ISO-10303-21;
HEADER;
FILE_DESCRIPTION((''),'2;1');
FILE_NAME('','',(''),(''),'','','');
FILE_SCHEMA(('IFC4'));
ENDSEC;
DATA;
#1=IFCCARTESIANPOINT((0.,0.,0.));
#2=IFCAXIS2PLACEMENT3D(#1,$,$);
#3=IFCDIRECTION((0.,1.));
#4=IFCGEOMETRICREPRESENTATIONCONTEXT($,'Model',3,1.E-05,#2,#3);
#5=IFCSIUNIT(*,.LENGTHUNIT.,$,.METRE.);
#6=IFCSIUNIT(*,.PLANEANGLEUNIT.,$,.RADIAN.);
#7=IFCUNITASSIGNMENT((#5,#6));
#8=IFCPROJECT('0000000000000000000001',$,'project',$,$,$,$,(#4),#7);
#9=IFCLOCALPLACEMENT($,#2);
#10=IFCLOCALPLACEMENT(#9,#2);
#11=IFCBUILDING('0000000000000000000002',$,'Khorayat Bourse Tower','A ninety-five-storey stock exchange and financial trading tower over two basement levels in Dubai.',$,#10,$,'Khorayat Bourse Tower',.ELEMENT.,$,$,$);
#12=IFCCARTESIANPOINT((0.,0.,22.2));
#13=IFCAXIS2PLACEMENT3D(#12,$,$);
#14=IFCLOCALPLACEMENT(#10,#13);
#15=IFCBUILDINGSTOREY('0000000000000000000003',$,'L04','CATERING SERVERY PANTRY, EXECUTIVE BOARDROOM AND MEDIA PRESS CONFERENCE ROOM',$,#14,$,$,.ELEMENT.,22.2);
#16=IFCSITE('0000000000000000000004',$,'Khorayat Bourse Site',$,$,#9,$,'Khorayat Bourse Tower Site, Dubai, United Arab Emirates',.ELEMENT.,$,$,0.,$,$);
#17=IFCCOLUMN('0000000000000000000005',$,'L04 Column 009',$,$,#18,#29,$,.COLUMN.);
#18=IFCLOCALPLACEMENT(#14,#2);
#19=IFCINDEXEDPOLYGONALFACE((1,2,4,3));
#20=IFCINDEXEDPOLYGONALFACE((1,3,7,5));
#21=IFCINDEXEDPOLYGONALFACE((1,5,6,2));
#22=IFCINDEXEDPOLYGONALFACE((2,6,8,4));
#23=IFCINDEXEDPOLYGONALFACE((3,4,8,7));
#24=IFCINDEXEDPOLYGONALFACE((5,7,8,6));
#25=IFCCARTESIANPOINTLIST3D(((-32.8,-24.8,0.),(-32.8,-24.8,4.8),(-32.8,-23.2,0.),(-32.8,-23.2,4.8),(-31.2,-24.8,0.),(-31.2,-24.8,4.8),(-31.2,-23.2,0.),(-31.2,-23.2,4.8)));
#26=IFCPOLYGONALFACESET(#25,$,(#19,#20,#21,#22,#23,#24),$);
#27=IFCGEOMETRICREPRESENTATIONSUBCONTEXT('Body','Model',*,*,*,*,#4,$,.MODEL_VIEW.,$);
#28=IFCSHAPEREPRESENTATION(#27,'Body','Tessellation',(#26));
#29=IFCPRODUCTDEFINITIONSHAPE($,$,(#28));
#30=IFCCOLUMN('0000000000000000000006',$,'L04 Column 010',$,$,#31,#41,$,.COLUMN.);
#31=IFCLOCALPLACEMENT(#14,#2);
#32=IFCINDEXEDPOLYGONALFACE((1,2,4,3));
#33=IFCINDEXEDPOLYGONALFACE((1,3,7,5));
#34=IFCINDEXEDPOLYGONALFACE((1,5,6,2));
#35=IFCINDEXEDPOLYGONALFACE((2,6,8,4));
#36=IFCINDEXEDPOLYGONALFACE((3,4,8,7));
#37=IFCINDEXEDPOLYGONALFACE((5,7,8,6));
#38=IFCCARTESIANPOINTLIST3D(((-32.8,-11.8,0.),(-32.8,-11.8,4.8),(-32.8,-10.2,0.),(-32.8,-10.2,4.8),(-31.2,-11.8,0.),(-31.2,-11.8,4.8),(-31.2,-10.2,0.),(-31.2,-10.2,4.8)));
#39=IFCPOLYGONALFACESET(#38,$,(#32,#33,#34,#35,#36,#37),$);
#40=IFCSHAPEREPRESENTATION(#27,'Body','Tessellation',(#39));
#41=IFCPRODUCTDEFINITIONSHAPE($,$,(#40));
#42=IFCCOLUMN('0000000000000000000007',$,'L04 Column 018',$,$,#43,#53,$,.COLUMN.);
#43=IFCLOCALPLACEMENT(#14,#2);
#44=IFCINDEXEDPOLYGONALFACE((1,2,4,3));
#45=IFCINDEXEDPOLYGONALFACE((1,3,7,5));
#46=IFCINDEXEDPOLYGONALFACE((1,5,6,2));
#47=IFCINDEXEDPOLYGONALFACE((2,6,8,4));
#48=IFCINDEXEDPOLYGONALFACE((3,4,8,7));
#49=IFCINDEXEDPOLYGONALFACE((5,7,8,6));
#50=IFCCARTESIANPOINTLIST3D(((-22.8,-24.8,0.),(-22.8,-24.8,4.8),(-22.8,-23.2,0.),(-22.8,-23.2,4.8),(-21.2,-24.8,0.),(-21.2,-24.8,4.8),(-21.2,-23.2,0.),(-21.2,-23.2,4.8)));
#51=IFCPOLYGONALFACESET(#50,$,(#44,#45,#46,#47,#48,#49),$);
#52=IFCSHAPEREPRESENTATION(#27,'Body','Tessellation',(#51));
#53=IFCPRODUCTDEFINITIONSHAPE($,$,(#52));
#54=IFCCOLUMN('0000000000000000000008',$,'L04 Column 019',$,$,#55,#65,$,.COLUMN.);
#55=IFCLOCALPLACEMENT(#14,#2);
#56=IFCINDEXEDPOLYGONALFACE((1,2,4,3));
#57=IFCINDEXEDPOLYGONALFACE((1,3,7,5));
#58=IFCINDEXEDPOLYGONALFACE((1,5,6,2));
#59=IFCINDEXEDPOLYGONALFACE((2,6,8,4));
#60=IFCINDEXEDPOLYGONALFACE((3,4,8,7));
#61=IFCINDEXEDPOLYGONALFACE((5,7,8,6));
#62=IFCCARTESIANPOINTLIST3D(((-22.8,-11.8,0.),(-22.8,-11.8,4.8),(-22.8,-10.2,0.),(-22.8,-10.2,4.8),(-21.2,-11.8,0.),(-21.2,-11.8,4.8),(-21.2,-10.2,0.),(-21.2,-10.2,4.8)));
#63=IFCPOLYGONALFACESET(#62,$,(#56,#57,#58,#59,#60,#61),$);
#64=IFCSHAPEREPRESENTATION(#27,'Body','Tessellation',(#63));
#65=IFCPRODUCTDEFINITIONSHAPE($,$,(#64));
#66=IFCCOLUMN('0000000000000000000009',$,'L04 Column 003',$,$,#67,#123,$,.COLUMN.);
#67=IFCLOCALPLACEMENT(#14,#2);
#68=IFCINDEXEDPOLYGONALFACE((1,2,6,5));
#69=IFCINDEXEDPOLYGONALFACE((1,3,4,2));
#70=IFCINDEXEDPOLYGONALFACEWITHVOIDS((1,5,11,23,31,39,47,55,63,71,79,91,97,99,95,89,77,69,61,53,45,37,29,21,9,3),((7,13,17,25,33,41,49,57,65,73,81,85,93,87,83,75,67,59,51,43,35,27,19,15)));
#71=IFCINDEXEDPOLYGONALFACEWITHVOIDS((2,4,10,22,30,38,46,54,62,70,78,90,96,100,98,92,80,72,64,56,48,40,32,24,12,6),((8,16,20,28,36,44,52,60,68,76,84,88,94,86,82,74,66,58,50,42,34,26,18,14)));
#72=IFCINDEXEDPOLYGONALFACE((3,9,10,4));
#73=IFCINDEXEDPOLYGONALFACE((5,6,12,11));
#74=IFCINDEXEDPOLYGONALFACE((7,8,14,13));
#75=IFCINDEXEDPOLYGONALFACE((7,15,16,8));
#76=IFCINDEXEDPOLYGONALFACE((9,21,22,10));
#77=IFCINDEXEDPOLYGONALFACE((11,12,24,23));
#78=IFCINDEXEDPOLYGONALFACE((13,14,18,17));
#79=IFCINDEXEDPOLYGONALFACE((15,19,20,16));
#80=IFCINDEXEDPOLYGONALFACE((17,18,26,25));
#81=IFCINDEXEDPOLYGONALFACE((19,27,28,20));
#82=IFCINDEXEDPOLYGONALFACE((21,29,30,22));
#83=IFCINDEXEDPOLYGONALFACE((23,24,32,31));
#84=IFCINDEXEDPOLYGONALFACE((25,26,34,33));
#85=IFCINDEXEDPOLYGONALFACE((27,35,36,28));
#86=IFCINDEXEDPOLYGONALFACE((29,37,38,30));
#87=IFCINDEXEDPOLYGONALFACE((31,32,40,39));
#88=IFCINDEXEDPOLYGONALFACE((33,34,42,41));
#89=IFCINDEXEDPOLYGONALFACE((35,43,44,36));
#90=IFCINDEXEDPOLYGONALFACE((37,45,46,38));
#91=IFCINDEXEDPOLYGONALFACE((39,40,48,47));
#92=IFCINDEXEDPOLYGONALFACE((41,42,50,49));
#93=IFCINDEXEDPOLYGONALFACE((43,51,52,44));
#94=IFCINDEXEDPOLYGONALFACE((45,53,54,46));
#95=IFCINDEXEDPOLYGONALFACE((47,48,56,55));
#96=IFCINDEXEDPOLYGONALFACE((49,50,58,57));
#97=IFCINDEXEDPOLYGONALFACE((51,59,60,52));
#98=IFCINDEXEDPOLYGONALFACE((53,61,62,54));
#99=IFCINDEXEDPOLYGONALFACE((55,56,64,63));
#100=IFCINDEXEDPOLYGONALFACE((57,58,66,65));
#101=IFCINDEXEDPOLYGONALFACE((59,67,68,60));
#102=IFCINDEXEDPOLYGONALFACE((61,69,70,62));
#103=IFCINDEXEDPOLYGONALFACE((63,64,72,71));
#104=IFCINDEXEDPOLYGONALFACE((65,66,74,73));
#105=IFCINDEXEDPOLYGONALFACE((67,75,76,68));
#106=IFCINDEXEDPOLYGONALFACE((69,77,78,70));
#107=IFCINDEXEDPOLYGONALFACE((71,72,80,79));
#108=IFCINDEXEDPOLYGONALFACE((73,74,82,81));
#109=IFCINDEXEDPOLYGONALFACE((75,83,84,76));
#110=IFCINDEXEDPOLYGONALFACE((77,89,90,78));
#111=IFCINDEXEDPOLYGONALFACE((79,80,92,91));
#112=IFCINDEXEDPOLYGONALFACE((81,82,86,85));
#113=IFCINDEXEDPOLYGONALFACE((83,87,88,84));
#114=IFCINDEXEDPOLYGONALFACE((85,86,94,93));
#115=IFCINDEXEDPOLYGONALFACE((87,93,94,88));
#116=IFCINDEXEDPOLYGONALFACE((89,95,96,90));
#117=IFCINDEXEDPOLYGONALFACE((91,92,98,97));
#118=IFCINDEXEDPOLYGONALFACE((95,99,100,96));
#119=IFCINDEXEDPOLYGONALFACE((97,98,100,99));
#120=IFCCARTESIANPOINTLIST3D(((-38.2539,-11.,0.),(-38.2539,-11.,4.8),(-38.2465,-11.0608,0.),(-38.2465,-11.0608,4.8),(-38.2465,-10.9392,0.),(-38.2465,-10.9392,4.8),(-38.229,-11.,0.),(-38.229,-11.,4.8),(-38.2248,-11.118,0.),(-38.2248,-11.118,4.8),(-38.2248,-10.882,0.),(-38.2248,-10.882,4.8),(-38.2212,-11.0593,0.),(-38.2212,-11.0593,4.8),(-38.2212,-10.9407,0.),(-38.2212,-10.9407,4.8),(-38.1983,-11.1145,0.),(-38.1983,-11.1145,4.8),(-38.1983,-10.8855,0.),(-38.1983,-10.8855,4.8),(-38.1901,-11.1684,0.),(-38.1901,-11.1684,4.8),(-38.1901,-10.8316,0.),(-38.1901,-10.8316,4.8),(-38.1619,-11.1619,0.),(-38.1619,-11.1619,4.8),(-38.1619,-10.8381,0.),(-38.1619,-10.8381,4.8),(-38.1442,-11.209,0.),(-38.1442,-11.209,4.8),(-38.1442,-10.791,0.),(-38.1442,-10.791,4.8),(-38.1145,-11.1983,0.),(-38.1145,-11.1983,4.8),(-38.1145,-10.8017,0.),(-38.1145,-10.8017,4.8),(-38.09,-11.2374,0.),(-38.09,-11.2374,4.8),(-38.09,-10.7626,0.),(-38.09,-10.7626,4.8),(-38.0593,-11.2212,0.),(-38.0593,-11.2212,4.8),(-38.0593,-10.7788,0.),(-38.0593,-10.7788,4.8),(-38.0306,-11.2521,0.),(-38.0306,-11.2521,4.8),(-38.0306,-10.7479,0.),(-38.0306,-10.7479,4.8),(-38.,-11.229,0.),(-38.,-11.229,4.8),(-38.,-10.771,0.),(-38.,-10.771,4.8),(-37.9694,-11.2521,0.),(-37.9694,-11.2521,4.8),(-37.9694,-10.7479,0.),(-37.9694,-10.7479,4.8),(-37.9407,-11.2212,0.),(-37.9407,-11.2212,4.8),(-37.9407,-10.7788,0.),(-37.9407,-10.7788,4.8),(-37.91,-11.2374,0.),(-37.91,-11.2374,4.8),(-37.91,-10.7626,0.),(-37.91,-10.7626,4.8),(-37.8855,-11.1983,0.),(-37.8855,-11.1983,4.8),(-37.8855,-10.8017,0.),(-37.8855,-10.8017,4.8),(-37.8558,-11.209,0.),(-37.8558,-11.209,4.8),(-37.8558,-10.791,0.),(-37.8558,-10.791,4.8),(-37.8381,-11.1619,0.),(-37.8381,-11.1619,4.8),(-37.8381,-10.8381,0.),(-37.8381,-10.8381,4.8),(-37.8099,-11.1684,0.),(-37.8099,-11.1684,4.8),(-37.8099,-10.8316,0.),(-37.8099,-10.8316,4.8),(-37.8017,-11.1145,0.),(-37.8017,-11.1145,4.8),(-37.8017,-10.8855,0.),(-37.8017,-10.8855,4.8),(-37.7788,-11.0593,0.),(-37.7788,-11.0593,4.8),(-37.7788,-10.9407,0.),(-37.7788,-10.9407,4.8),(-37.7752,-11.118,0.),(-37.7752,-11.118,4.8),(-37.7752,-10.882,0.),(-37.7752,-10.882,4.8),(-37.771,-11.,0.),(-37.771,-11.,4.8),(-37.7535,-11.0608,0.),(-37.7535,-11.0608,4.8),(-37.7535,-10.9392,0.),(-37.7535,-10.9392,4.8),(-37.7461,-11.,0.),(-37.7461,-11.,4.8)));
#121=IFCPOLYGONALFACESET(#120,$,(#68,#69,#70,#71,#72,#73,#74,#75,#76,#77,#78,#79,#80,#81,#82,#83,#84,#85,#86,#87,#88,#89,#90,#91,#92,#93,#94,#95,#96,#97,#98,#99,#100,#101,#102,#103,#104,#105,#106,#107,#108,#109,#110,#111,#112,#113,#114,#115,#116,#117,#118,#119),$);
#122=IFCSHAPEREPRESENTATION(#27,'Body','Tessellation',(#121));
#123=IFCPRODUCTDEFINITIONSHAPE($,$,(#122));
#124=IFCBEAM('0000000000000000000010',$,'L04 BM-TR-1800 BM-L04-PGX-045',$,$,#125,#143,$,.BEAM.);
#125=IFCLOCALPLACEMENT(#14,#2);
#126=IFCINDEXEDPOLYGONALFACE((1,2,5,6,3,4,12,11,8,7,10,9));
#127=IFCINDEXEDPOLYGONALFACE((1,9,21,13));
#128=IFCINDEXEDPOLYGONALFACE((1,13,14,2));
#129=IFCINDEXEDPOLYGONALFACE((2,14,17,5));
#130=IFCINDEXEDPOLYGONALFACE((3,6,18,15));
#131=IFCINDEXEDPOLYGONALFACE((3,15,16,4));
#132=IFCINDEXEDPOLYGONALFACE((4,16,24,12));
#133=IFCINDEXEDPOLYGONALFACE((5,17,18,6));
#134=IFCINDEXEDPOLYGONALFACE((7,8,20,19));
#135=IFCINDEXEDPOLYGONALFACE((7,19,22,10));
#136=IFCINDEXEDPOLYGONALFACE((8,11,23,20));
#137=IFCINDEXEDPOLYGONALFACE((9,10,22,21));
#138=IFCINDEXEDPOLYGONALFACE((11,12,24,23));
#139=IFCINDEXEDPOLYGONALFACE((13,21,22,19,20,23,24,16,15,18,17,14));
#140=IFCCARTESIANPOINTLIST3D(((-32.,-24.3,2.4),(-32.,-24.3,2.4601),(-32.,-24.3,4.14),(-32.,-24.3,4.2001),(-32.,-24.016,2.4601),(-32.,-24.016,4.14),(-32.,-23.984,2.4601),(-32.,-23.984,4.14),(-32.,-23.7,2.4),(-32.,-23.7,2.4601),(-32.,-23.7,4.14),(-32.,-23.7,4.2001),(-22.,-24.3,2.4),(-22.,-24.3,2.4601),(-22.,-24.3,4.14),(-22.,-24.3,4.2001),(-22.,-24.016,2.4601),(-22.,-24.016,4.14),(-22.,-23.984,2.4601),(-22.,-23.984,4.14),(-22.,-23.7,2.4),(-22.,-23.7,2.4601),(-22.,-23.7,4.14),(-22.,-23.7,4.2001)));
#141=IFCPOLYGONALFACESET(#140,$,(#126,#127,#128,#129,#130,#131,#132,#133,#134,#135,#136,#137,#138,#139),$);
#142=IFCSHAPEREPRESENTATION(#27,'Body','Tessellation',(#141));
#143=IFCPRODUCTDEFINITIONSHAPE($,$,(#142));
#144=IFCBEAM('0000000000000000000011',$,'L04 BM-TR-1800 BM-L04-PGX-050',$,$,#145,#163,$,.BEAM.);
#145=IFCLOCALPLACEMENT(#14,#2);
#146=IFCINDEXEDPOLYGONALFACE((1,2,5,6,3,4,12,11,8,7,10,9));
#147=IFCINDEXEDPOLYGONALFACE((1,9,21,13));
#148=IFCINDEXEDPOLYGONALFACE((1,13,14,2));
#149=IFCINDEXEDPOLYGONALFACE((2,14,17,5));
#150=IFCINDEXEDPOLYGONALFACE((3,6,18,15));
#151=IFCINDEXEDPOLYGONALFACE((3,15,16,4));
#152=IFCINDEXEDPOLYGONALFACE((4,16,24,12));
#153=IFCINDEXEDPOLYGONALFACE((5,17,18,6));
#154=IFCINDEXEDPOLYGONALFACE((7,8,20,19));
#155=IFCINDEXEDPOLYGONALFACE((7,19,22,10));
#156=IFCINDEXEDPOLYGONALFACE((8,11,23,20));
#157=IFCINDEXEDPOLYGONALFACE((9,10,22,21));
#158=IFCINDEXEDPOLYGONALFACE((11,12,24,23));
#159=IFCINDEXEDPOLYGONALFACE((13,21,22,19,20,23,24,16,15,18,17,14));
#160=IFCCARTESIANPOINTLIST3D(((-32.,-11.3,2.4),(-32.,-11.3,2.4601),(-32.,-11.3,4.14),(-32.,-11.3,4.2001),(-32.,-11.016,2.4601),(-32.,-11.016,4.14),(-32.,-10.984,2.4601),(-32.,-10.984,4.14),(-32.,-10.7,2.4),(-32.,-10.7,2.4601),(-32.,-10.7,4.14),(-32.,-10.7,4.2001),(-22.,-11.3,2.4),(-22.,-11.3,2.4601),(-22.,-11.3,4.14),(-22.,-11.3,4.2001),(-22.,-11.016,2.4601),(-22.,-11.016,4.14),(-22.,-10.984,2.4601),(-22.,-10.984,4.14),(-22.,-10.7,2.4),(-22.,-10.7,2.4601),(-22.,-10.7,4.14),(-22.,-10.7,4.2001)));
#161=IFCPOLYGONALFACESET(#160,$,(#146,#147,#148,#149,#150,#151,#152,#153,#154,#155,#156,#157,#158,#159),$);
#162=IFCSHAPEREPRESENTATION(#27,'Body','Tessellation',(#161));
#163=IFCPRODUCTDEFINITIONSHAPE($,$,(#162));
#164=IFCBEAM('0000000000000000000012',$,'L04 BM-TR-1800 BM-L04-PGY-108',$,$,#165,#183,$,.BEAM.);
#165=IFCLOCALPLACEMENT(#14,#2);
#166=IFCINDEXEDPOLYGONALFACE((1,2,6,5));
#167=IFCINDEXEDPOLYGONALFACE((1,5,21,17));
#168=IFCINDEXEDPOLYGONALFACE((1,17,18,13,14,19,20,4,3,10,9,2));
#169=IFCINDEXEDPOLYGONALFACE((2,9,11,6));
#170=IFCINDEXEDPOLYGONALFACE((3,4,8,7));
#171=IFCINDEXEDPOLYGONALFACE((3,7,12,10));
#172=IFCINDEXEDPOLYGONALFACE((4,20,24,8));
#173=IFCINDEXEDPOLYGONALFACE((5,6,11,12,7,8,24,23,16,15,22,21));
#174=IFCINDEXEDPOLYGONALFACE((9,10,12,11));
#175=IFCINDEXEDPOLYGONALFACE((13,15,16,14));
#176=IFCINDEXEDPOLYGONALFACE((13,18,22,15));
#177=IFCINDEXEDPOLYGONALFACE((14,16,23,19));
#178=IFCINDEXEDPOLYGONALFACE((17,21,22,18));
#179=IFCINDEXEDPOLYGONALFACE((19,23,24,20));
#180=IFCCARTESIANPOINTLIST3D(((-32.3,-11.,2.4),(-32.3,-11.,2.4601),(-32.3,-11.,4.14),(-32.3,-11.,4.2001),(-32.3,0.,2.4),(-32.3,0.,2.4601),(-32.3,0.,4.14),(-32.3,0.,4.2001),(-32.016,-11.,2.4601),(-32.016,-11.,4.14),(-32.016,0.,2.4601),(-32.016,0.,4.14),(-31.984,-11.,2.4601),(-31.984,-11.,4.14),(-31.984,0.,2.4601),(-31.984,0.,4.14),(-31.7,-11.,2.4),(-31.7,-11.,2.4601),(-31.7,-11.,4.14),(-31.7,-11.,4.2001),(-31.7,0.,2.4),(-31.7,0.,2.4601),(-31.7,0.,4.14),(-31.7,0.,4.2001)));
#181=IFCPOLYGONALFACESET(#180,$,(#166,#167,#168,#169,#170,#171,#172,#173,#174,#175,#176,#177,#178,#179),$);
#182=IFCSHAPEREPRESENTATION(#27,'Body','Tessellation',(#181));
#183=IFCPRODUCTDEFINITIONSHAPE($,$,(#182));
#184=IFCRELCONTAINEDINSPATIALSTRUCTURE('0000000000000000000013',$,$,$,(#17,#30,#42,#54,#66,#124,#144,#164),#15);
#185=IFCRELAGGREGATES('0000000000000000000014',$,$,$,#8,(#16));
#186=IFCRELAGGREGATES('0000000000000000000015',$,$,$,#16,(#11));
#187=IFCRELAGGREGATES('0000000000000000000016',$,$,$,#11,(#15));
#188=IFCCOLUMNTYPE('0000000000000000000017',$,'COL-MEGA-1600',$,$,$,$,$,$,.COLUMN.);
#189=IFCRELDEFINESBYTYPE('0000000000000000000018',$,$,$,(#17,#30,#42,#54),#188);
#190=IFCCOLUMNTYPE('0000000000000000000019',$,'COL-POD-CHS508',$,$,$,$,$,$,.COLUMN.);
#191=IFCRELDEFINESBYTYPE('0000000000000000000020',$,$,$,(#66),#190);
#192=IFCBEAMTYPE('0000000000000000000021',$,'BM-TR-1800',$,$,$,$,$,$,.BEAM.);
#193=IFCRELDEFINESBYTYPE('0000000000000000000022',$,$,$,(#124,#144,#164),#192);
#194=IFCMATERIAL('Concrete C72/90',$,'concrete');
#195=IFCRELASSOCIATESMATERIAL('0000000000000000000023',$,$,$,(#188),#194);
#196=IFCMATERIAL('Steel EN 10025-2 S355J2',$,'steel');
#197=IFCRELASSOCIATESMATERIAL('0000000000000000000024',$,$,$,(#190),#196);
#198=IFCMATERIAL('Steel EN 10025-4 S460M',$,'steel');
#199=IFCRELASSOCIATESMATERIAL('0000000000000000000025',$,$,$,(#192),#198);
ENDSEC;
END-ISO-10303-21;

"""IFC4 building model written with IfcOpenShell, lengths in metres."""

from ifc_helpers import new_model, si_unit, direction, frame, origin, origin_2d, place, context, subcontext, project, spatial, rectangle, hollow_circle, i_section, extrude, source, transform, mapped, material, material_profile, profile_set, type_object, element, save


model = new_model("IFC4")

# Units and contexts
model_context = context("Model", 3, precision=1e-05, world=origin(), true_north=direction((0.0, 1.0)))
body_context = subcontext(model_context, "Body", "Model", "MODEL_VIEW")
ifc_project = project(units=[si_unit("LENGTHUNIT", "METRE"), si_unit("PLANEANGLEUNIT", "RADIAN")], contexts=[model_context])

# Site, building, storey
site_placement = place(None, origin())
site = spatial("IfcSite", under=ifc_project, at=site_placement, Name="Khorayat Bourse Site", LongName="Khorayat Bourse Tower Site, Dubai, United Arab Emirates", CompositionType="ELEMENT", RefElevation=0.0)
building_placement = place(site_placement, origin())
building = spatial("IfcBuilding", under=site, at=building_placement, Name="Khorayat Bourse Tower", Description="A ninety-five-storey stock exchange and financial trading tower over two basement levels in Dubai.", LongName="Khorayat Bourse Tower", CompositionType="ELEMENT")
storey_placement = place(building_placement, frame((0.0, 0.0, 22.2)))
storey = spatial("IfcBuildingStorey", under=building, at=storey_placement, Name="L04", Description="CATERING SERVERY PANTRY, EXECUTIVE BOARDROOM AND MEDIA PRESS CONFERENCE ROOM", CompositionType="ELEMENT", Elevation=22.2)

# Columns
ifc_material_1 = material(Name="Concrete C72/90", Category="concrete")
ifc_material_profile_1 = material_profile(ifc_material_1, rectangle(XDim=1.6001, YDim=1.6001, at=origin_2d()), Name="RC 1600x1600")
ifc_profile_set_1 = profile_set([ifc_material_profile_1], Name="Concrete C72/90")
column_type_1 = type_object("IfcColumnType", Name="COL-MEGA-1600", PredefinedType="COLUMN", material=ifc_profile_set_1)
shared_shape_1 = source(origin(), body_context, "Body", "SweptSolid", [
    extrude(rectangle(XDim=1.6001, YDim=1.6001, at=origin_2d()), origin(), (0.0, 0.0, 1.0), 4.8),
])
for number, where, z_axis, x_axis, name in (
    (1, (-32.0, -24.0, 0.0), (0.0, 0.0, 1.0), (1.0, 0.0, 0.0), "L04 Column 009"),
    (2, (-32.0, -11.0, 0.0), (0.0, 0.0, 1.0), (1.0, 0.0, 0.0), "L04 Column 010"),
    (3, (-22.0, -24.0, 0.0), (0.0, 0.0, 1.0), (1.0, 0.0, 0.0), "L04 Column 018"),
    (4, (-22.0, -11.0, 0.0), (0.0, 0.0, 1.0), (1.0, 0.0, 0.0), "L04 Column 019"),
):
    element("IfcColumn", number, at=place(storey_placement, frame(where, z_axis=z_axis, x_axis=x_axis)), inside=storey, type_object=column_type_1, Name=name, PredefinedType="COLUMN", context=body_context, shape_type="MappedRepresentation", body=[
        mapped(shared_shape_1, transform((0.0, 0.0, 0.0), scale=1.0)),
    ])
ifc_material_2 = material(Name="Steel EN 10025-2 S355J2", Category="steel")
ifc_material_profile_2 = material_profile(ifc_material_2, hollow_circle(Radius=0.2539, WallThickness=0.0249, at=origin_2d()), Name="CHS 508x25")
ifc_profile_set_2 = profile_set([ifc_material_profile_2], Name="Steel EN 10025-2 S355J2")
column_type_2 = type_object("IfcColumnType", Name="COL-POD-CHS508", PredefinedType="COLUMN", material=ifc_profile_set_2)
shared_shape_2 = source(origin(), body_context, "Body", "SweptSolid", [
    extrude(hollow_circle(Radius=0.2539, WallThickness=0.0249, at=origin_2d()), origin(), (0.0, 0.0, 1.0), 4.8),
])
column_placement = place(storey_placement, frame((-38.0, -11.0, 0.0), z_axis=(0.0, 0.0, 1.0), x_axis=(1.0, 0.0, 0.0)))
element("IfcColumn", 5, at=column_placement, inside=storey, type_object=column_type_2, Name="L04 Column 003", PredefinedType="COLUMN", context=body_context, shape_type="MappedRepresentation", body=[
    mapped(shared_shape_2, transform((0.0, 0.0, 0.0), scale=1.0)),
])

# Beams
ifc_material_3 = material(Name="Steel EN 10025-4 S460M", Category="steel")
ifc_material_profile_3 = material_profile(ifc_material_3, i_section(OverallWidth=0.6001, OverallDepth=1.8, WebThickness=0.032, FlangeThickness=0.0601, at=origin_2d()), Name="PG 1800x600x32x60")
ifc_profile_set_3 = profile_set([ifc_material_profile_3], Name="Steel EN 10025-4 S460M")
beam_type_1 = type_object("IfcBeamType", Name="BM-TR-1800", PredefinedType="BEAM", material=ifc_profile_set_3)
shared_shape_3 = source(origin(), body_context, "Body", "SweptSolid", [
    extrude(i_section(OverallWidth=0.6001, OverallDepth=1.8, WebThickness=0.032, FlangeThickness=0.0601, at=origin_2d()), origin(), (0.0, 0.0, 1.0), 10.0),
])
for number, where, z_axis, x_axis, name in (
    (6, (-32.0, -24.0, 3.3), (1.0, 0.0, 0.0), (0.0, 1.0, 0.0), "L04 BM-TR-1800 BM-L04-PGX-045"),
    (7, (-32.0, -11.0, 3.3), (1.0, 0.0, 0.0), (0.0, 1.0, 0.0), "L04 BM-TR-1800 BM-L04-PGX-050"),
):
    element("IfcBeam", number, at=place(storey_placement, frame(where, z_axis=z_axis, x_axis=x_axis)), inside=storey, type_object=beam_type_1, Name=name, PredefinedType="BEAM", context=body_context, shape_type="MappedRepresentation", body=[
        mapped(shared_shape_3, transform((0.0, 0.0, 0.0), scale=1.0)),
    ])
shared_shape_4 = source(origin(), body_context, "Body", "SweptSolid", [
    extrude(i_section(OverallWidth=0.6001, OverallDepth=1.8, WebThickness=0.032, FlangeThickness=0.0601, at=origin_2d()), origin(), (0.0, 0.0, 1.0), 11.0),
])
beam_1_placement = place(storey_placement, frame((-32.0, -11.0, 3.3), z_axis=(0.0, 1.0, 0.0), x_axis=(-1.0, 0.0, 0.0)))
element("IfcBeam", 8, at=beam_1_placement, inside=storey, type_object=beam_type_1, Name="L04 BM-TR-1800 BM-L04-PGY-108", PredefinedType="BEAM", context=body_context, shape_type="MappedRepresentation", body=[
    mapped(shared_shape_4, transform((0.0, 0.0, 0.0), scale=1.0)),
])

save(model, "model.ifc")
